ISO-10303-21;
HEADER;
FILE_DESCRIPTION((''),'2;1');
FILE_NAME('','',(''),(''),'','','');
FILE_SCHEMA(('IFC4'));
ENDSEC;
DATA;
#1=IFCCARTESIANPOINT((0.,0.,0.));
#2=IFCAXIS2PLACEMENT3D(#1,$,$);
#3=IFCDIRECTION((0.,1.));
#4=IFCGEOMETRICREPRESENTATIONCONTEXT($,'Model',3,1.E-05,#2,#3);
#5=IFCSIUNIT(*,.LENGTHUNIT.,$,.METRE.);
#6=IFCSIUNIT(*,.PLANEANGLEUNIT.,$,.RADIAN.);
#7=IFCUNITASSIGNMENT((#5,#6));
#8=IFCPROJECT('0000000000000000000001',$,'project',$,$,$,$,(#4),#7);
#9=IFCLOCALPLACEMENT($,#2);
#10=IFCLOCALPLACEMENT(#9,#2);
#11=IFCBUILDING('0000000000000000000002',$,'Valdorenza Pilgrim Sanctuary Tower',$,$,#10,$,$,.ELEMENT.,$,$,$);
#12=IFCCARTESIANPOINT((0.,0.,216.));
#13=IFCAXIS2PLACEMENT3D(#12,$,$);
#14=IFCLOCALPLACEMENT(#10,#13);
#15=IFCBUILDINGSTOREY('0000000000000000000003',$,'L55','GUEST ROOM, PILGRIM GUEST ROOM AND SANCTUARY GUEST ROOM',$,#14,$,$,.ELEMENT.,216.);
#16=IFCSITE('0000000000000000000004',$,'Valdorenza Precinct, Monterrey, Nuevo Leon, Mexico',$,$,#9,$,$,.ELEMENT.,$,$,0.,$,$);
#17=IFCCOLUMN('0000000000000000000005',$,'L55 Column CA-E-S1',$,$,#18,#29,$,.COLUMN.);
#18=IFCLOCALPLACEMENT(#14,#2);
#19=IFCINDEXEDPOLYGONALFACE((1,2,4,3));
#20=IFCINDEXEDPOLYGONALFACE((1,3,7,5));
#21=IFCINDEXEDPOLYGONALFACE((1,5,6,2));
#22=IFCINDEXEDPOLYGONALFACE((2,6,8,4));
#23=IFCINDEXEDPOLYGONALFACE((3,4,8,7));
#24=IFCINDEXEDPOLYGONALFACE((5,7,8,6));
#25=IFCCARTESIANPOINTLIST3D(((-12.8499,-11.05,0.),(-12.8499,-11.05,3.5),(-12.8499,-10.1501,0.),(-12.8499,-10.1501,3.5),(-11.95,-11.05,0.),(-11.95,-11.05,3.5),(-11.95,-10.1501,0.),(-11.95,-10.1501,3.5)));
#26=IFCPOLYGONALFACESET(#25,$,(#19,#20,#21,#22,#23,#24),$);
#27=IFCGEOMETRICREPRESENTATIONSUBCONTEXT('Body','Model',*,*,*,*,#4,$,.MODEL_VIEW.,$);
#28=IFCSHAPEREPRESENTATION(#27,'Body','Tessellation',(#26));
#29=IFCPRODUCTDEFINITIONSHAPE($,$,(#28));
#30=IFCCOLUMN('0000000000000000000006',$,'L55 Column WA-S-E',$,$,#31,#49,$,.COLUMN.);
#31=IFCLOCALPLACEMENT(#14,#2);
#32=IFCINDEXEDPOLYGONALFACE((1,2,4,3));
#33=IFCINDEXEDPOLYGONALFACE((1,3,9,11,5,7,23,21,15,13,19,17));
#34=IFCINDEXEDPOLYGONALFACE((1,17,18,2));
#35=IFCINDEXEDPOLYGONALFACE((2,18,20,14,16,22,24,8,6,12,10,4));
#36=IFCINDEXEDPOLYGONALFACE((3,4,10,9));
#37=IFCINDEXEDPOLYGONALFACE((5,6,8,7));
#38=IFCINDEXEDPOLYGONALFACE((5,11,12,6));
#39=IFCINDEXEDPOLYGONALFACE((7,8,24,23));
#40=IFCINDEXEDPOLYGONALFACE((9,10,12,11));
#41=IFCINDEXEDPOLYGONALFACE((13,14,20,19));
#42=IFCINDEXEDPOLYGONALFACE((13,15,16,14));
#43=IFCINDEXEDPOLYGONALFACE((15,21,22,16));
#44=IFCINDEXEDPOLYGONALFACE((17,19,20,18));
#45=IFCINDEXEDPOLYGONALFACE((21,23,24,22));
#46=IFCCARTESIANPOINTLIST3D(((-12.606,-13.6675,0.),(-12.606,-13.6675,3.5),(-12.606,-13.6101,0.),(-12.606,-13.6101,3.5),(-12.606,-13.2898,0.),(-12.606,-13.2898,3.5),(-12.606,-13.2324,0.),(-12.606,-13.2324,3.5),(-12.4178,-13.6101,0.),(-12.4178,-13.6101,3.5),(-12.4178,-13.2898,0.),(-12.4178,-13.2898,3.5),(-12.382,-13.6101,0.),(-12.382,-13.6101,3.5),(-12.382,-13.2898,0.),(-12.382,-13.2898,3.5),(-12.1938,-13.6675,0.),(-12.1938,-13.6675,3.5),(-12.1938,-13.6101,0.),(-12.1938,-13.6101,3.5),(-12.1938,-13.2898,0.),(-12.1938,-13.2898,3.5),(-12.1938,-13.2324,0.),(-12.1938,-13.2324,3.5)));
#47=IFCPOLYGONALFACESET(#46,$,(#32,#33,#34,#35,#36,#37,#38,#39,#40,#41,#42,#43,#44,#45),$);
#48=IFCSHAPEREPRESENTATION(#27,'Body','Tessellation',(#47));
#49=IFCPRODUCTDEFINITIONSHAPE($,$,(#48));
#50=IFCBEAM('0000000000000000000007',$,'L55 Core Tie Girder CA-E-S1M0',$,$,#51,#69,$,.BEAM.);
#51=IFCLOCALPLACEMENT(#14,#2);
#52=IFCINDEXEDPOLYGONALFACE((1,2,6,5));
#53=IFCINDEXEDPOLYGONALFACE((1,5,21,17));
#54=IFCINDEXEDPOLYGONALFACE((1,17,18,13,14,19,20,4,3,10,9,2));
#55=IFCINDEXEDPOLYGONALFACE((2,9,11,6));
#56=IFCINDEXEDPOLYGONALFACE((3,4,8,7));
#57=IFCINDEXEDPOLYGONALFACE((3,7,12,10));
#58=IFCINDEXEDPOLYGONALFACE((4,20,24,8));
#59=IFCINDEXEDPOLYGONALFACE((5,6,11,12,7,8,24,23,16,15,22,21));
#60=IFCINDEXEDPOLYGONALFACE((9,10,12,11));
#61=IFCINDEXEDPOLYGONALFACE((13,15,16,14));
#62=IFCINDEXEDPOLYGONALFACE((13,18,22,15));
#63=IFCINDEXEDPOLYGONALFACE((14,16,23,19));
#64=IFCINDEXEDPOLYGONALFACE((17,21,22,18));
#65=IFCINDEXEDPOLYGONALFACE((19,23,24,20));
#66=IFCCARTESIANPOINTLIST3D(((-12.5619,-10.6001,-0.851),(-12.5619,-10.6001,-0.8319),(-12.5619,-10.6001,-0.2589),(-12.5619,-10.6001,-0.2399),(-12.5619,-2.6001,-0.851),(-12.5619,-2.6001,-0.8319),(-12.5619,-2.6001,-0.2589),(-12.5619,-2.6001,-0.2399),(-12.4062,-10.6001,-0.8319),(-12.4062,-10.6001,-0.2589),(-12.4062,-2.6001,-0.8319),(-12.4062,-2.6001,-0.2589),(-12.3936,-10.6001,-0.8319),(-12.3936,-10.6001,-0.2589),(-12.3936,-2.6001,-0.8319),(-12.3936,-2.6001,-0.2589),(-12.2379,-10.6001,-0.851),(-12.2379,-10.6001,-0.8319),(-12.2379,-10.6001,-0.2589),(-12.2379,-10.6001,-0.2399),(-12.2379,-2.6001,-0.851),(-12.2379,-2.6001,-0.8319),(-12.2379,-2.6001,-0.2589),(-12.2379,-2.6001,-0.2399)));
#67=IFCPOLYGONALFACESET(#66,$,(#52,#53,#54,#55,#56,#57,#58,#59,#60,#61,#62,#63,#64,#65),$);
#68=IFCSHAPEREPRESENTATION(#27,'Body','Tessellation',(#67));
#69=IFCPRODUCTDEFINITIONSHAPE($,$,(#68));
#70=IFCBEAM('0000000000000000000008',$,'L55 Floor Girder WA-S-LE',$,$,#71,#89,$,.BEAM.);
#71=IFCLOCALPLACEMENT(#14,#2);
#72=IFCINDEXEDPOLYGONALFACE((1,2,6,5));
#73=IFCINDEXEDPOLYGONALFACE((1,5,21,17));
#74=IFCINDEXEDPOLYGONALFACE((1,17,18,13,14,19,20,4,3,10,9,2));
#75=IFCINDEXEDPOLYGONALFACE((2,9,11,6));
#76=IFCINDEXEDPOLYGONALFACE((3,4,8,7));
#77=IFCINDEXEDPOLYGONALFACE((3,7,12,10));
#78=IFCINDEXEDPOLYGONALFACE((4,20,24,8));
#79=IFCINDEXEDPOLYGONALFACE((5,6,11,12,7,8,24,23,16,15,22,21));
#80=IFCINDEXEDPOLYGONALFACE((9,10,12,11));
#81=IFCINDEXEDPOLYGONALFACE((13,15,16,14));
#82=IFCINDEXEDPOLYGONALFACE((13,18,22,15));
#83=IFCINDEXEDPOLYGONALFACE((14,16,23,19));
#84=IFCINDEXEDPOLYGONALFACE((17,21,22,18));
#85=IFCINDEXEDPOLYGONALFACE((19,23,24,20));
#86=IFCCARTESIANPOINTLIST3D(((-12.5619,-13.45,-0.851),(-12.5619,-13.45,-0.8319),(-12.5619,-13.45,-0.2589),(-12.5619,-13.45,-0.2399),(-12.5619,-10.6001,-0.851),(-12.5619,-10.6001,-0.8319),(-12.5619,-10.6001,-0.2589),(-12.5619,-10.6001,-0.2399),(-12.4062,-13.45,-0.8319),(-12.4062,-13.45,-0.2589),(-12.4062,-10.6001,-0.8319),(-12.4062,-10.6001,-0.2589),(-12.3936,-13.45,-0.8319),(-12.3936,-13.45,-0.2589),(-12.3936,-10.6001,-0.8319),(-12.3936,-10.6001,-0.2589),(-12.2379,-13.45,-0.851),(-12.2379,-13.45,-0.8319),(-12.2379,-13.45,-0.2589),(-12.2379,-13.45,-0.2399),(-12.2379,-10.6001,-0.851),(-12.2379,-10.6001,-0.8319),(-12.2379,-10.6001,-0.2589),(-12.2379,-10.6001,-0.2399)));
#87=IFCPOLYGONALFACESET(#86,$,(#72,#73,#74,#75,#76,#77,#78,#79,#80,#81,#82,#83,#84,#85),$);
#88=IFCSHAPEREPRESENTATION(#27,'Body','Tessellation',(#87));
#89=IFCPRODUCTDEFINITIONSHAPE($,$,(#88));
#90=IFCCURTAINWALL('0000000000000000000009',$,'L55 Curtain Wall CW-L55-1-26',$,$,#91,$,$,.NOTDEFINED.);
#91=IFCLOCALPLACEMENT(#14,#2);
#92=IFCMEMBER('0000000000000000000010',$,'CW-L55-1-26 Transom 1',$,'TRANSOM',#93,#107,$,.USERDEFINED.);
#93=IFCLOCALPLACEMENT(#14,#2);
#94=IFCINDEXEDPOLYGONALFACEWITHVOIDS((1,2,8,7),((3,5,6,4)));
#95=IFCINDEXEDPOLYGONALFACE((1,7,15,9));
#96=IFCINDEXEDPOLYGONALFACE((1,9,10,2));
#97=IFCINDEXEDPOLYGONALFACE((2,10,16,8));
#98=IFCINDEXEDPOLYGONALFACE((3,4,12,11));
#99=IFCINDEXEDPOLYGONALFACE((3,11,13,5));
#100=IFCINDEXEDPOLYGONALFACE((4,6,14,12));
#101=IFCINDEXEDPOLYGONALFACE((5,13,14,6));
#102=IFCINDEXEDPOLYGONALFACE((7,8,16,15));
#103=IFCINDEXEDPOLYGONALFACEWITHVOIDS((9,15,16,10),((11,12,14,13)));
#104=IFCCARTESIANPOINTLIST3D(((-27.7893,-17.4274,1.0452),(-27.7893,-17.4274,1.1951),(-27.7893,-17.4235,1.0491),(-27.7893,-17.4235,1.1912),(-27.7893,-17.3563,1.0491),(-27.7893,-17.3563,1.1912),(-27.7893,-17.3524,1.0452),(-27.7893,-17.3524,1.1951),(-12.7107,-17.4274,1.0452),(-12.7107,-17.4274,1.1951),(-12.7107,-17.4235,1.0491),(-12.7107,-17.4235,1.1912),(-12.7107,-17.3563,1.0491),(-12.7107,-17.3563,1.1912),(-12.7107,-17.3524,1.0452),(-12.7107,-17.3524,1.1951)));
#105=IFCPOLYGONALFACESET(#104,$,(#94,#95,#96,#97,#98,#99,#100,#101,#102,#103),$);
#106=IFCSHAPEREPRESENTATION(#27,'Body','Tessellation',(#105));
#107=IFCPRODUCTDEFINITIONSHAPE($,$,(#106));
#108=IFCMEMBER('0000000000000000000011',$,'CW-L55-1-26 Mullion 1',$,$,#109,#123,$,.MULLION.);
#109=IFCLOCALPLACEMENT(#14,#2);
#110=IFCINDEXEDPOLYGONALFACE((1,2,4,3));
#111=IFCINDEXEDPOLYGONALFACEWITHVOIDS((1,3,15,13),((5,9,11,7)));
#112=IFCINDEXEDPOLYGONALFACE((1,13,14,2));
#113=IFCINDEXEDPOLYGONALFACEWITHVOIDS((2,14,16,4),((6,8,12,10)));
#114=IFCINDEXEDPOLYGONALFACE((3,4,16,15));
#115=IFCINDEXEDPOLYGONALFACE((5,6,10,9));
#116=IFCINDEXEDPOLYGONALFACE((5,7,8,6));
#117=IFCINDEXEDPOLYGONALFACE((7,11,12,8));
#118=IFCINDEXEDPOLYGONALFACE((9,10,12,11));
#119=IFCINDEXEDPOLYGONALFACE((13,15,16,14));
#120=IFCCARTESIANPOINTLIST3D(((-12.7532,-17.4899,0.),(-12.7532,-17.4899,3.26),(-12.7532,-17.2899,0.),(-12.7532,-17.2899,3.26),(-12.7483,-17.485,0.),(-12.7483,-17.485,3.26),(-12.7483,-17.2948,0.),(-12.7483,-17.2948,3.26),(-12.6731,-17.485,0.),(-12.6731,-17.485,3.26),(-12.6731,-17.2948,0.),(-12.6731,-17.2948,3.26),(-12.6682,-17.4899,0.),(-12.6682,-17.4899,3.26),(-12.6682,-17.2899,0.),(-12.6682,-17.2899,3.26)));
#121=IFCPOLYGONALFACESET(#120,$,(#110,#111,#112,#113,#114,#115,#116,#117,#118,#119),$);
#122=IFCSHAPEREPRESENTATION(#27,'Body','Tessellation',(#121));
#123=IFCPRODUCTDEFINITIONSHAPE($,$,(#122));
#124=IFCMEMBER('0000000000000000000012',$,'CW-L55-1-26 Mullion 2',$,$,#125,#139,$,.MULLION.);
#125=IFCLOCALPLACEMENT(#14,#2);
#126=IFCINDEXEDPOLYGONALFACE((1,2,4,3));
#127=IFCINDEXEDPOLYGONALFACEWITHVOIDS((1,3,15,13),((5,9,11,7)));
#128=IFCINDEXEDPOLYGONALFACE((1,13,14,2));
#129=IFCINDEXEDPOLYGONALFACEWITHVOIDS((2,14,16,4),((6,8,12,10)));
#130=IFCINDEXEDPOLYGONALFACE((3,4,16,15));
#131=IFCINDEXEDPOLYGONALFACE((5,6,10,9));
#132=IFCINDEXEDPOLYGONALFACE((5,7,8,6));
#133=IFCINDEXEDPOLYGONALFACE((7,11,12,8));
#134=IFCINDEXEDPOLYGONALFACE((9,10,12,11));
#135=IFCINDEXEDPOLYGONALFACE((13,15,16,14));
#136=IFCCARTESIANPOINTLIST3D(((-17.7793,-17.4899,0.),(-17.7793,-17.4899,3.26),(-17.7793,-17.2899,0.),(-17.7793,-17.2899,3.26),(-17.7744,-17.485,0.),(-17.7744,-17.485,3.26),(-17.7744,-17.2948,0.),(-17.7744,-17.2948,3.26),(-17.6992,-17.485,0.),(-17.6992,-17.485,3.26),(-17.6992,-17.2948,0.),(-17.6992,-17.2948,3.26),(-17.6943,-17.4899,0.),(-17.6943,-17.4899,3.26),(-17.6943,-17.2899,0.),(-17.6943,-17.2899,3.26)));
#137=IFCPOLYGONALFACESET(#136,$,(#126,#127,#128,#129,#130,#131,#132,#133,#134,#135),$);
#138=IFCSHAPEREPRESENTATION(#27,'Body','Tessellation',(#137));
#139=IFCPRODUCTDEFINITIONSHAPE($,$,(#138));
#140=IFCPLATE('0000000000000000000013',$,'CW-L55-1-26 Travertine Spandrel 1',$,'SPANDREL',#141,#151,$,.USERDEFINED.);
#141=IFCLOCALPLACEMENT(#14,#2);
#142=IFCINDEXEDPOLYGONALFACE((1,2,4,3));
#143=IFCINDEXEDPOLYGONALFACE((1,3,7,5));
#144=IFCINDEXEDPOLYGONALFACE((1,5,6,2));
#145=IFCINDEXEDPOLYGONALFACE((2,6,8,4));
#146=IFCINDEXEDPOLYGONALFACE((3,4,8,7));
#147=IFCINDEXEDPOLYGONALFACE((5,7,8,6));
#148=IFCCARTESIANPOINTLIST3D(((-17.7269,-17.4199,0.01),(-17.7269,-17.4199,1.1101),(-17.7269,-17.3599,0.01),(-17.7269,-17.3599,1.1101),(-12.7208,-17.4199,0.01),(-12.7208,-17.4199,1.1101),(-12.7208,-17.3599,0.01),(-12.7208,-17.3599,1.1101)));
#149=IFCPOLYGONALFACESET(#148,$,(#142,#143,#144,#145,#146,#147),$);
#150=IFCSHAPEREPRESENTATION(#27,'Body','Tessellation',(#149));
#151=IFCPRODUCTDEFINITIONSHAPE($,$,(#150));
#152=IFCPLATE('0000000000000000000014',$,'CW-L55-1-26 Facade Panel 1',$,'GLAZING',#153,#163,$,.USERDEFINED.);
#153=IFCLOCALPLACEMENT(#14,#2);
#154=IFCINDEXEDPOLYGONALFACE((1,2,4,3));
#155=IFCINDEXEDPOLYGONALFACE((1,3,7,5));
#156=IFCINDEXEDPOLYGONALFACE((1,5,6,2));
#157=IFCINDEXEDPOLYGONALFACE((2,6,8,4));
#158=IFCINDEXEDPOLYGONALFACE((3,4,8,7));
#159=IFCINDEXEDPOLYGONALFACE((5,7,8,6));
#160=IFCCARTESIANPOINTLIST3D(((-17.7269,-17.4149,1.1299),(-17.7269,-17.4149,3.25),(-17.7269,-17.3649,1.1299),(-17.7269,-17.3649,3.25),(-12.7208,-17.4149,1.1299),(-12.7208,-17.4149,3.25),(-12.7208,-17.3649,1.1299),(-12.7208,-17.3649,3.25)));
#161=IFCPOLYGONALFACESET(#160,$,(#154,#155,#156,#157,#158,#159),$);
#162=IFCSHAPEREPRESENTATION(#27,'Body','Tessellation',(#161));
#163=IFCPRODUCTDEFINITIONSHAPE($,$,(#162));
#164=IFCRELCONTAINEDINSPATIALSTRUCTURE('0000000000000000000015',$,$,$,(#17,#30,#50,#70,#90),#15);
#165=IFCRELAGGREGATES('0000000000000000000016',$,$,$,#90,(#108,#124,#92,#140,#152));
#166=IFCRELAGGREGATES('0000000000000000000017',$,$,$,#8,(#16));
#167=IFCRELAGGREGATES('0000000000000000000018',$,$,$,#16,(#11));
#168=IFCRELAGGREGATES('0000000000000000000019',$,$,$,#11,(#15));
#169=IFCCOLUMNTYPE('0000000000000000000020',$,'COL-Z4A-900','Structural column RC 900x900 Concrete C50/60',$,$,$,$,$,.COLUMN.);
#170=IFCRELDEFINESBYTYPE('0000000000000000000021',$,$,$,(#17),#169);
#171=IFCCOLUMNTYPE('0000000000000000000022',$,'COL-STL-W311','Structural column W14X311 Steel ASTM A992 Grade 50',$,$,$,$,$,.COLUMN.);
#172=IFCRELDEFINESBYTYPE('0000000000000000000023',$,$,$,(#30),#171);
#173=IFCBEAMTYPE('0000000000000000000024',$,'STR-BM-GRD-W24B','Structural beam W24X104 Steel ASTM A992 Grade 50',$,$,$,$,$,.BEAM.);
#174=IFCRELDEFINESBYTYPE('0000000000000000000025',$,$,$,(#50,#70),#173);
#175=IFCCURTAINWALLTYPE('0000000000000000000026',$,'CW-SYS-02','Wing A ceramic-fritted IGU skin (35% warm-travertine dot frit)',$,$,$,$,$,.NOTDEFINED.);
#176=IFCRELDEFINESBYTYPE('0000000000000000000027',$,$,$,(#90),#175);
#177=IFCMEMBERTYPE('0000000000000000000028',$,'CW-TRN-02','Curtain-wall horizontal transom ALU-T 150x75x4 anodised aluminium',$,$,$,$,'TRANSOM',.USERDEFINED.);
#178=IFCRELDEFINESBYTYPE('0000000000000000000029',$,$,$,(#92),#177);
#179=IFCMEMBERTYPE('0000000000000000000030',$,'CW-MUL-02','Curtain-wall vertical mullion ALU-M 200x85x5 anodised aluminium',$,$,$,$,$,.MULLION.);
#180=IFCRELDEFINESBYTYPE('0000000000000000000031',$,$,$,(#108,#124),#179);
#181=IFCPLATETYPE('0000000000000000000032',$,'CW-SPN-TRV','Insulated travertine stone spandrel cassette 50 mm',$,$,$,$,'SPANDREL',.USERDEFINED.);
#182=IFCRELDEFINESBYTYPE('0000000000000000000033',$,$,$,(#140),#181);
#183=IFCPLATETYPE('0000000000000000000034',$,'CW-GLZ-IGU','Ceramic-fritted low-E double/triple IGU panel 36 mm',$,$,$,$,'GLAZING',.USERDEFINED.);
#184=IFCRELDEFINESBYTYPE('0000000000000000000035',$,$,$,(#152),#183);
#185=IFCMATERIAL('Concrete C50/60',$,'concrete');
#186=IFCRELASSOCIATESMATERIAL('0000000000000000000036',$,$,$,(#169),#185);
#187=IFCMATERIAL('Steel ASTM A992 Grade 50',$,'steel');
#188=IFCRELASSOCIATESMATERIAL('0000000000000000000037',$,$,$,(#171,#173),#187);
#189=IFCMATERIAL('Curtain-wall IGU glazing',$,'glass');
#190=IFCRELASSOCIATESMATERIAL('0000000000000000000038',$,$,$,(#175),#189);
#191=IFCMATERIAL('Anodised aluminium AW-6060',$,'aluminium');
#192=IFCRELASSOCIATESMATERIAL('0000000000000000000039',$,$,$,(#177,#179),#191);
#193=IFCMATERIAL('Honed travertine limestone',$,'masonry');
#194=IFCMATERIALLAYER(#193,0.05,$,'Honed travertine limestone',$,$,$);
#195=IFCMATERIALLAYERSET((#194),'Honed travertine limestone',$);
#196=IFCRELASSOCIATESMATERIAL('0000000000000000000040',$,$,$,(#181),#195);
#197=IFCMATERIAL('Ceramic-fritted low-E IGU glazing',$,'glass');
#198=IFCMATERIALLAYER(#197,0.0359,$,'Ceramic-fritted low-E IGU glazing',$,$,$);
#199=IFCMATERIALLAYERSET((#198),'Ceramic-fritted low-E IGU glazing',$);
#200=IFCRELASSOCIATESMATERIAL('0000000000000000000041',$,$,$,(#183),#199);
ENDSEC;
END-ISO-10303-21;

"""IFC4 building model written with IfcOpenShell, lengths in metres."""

from ifc_helpers import new_model, si_unit, direction, frame, origin, origin_2d, place, context, subcontext, project, spatial, rectangle, hollow_rectangle, i_section, extrude, source, transform, mapped, material, layer, layer_set, material_profile, profile_set, type_object, element, aggregate, save


model = new_model("IFC4")

# Units and contexts
model_context = context("Model", 3, precision=1e-05, world=origin(), true_north=direction((0.0, 1.0)))
body_context = subcontext(model_context, "Body", "Model", "MODEL_VIEW")
ifc_project = project(units=[si_unit("LENGTHUNIT", "METRE"), si_unit("PLANEANGLEUNIT", "RADIAN")], contexts=[model_context])

# Site, building, storey
site_placement = place(None, origin())
site = spatial("IfcSite", under=ifc_project, at=site_placement, Name="Valdorenza Precinct, Monterrey, Nuevo Leon, Mexico", CompositionType="ELEMENT", RefElevation=0.0)
building_placement = place(site_placement, origin())
building = spatial("IfcBuilding", under=site, at=building_placement, Name="Valdorenza Pilgrim Sanctuary Tower", CompositionType="ELEMENT")
storey_placement = place(building_placement, frame((0.0, 0.0, 216.0)))
storey = spatial("IfcBuildingStorey", under=building, at=storey_placement, Name="L55", Description="GUEST ROOM, PILGRIM GUEST ROOM AND SANCTUARY GUEST ROOM", CompositionType="ELEMENT", Elevation=216.0)

# Columns
ifc_material_1 = material(Name="Concrete C50/60", Category="concrete")
ifc_material_profile_1 = material_profile(ifc_material_1, rectangle(XDim=0.8999, YDim=0.8999, at=origin_2d()), Name="RC 900x900")
ifc_profile_set_1 = profile_set([ifc_material_profile_1], Name="Concrete C50/60")
column_type_1 = type_object("IfcColumnType", Name="COL-Z4A-900", Description="Structural column RC 900x900 Concrete C50/60", PredefinedType="COLUMN", material=ifc_profile_set_1)
shared_shape_1 = source(origin(), body_context, "Body", "SweptSolid", [
    extrude(rectangle(XDim=0.8999, YDim=0.8999, at=origin_2d()), origin(), (0.0, 0.0, 1.0), 3.5),
])
column_1_placement = place(storey_placement, frame((-12.3999, -10.6001, 0.0), z_axis=(0.0, 0.0, 1.0), x_axis=(1.0, 0.0, 0.0)))
element("IfcColumn", 1, at=column_1_placement, inside=storey, type_object=column_type_1, Name="L55 Column CA-E-S1", PredefinedType="COLUMN", context=body_context, shape_type="MappedRepresentation", body=[
    mapped(shared_shape_1, transform((0.0, 0.0, 0.0), x_axis=(1.0, 0.0, 0.0), y_axis=(0.0, 1.0, 0.0), z_axis=(0.0, 0.0, 1.0), scale=1.0)),
])
ifc_material_2 = material(Name="Steel ASTM A992 Grade 50", Category="steel")
ifc_material_profile_2 = material_profile(ifc_material_2, i_section(OverallWidth=0.4121, OverallDepth=0.4351, WebThickness=0.0359, FlangeThickness=0.0574, at=origin_2d()), Name="W14X311")
ifc_profile_set_2 = profile_set([ifc_material_profile_2], Name="Steel ASTM A992 Grade 50")
column_type_2 = type_object("IfcColumnType", Name="COL-STL-W311", Description="Structural column W14X311 Steel ASTM A992 Grade 50", PredefinedType="COLUMN", material=ifc_profile_set_2)
shared_shape_2 = source(origin(), body_context, "Body", "SweptSolid", [
    extrude(i_section(OverallWidth=0.4121, OverallDepth=0.4351, WebThickness=0.0359, FlangeThickness=0.0574, at=origin_2d()), origin(), (0.0, 0.0, 1.0), 3.5),
])
column_2_placement = place(storey_placement, frame((-12.3999, -13.45, 0.0), z_axis=(0.0, 0.0, 1.0), x_axis=(1.0, 0.0, 0.0)))
element("IfcColumn", 2, at=column_2_placement, inside=storey, type_object=column_type_2, Name="L55 Column WA-S-E", PredefinedType="COLUMN", context=body_context, shape_type="MappedRepresentation", body=[
    mapped(shared_shape_2, transform((0.0, 0.0, 0.0), x_axis=(1.0, 0.0, 0.0), y_axis=(0.0, 1.0, 0.0), z_axis=(0.0, 0.0, 1.0), scale=1.0)),
])

# Beams
ifc_material_profile_3 = material_profile(ifc_material_2, i_section(OverallWidth=0.324, OverallDepth=0.6111, WebThickness=0.0127, FlangeThickness=0.019, at=origin_2d()), Name="W24X104")
ifc_profile_set_3 = profile_set([ifc_material_profile_3], Name="Steel ASTM A992 Grade 50")
beam_type = type_object("IfcBeamType", Name="STR-BM-GRD-W24B", Description="Structural beam W24X104 Steel ASTM A992 Grade 50", PredefinedType="BEAM", material=ifc_profile_set_3)
shared_shape_3 = source(origin(), body_context, "Body", "SweptSolid", [
    extrude(i_section(OverallWidth=0.324, OverallDepth=0.6111, WebThickness=0.0127, FlangeThickness=0.019, at=origin_2d()), origin(), (0.0, 0.0, 1.0), 8.0),
])
beam_1_placement = place(storey_placement, frame((-12.3999, -10.6001, -0.5454), z_axis=(0.0, 1.0, 0.0), x_axis=(-1.0, 0.0, 0.0)))
element("IfcBeam", 3, at=beam_1_placement, inside=storey, type_object=beam_type, Name="L55 Core Tie Girder CA-E-S1M0", PredefinedType="BEAM", context=body_context, shape_type="MappedRepresentation", body=[
    mapped(shared_shape_3, transform((0.0, 0.0, 0.0), x_axis=(1.0, 0.0, 0.0), y_axis=(0.0, 1.0, 0.0), z_axis=(0.0, 0.0, 1.0), scale=1.0)),
])
shared_shape_4 = source(origin(), body_context, "Body", "SweptSolid", [
    extrude(i_section(OverallWidth=0.324, OverallDepth=0.6111, WebThickness=0.0127, FlangeThickness=0.019, at=origin_2d()), origin(), (0.0, 0.0, 1.0), 2.8499),
])
beam_2_placement = place(storey_placement, frame((-12.3999, -13.45, -0.5454), z_axis=(0.0, 1.0, 0.0), x_axis=(-1.0, 0.0, 0.0)))
element("IfcBeam", 4, at=beam_2_placement, inside=storey, type_object=beam_type, Name="L55 Floor Girder WA-S-LE", PredefinedType="BEAM", context=body_context, shape_type="MappedRepresentation", body=[
    mapped(shared_shape_4, transform((0.0, 0.0, 0.0), x_axis=(1.0, 0.0, 0.0), y_axis=(0.0, 1.0, 0.0), z_axis=(0.0, 0.0, 1.0), scale=1.0)),
])

# Curtain wall, members, plates
ifc_material_3 = material(Name="Curtain-wall IGU glazing", Category="glass")
curtain_wall_type = type_object("IfcCurtainWallType", Name="CW-SYS-02", Description="Wing A ceramic-fritted IGU skin (35% warm-travertine dot frit)", PredefinedType="NOTDEFINED", material=ifc_material_3)
curtain_wall_placement = place(storey_placement, origin())
curtain_wall = element("IfcCurtainWall", 5, at=curtain_wall_placement, inside=storey, type_object=curtain_wall_type, Name="L55 Curtain Wall CW-L55-1-26", PredefinedType="NOTDEFINED")
ifc_material_4 = material(Name="Anodised aluminium AW-6060", Category="aluminium")
ifc_material_profile_4 = material_profile(ifc_material_4, hollow_rectangle(XDim=0.075, YDim=0.1499, WallThickness=0.0039, at=origin_2d()), Name="ALU-T 150x75x4")
ifc_profile_set_4 = profile_set([ifc_material_profile_4], Name="Anodised aluminium AW-6060")
member_type_1 = type_object("IfcMemberType", Name="CW-TRN-02", Description="Curtain-wall horizontal transom ALU-T 150x75x4 anodised aluminium", ElementType="TRANSOM", PredefinedType="USERDEFINED", material=ifc_profile_set_4)
shared_shape_5 = source(origin(), body_context, "Body", "SweptSolid", [
    extrude(hollow_rectangle(XDim=0.075, YDim=0.1499, WallThickness=0.0039, at=origin_2d()), origin(), (0.0, 0.0, 1.0), 15.0786),
])
member_1_placement = place(storey_placement, frame((-12.7107, -17.3899, 1.1201), z_axis=(-1.0, 0.0, 0.0), x_axis=(0.0, -1.0, 0.0)))
member_1 = element("IfcMember", 6, at=member_1_placement, type_object=member_type_1, Name="CW-L55-1-26 Transom 1", ObjectType="TRANSOM", PredefinedType="USERDEFINED", context=body_context, shape_type="MappedRepresentation", body=[
    mapped(shared_shape_5, transform((0.0, 0.0, 0.0), x_axis=(1.0, 0.0, 0.0), y_axis=(0.0, 1.0, 0.0), z_axis=(0.0, 0.0, 1.0), scale=1.0)),
])
ifc_material_profile_5 = material_profile(ifc_material_4, hollow_rectangle(XDim=0.085, YDim=0.2, WallThickness=0.0049, at=origin_2d()), Name="ALU-M 200x85x5")
ifc_profile_set_5 = profile_set([ifc_material_profile_5], Name="Anodised aluminium AW-6060")
member_type_2 = type_object("IfcMemberType", Name="CW-MUL-02", Description="Curtain-wall vertical mullion ALU-M 200x85x5 anodised aluminium", PredefinedType="MULLION", material=ifc_profile_set_5)
shared_shape_6 = source(origin(), body_context, "Body", "SweptSolid", [
    extrude(hollow_rectangle(XDim=0.085, YDim=0.2, WallThickness=0.0049, at=origin_2d()), origin(), (0.0, 0.0, 1.0), 3.26),
])
member_2_placement = place(storey_placement, frame((-12.7107, -17.3899, 0.0), z_axis=(0.0, 0.0, 1.0), x_axis=(-1.0, 0.0, 0.0)))
member_2 = element("IfcMember", 7, at=member_2_placement, type_object=member_type_2, Name="CW-L55-1-26 Mullion 1", PredefinedType="MULLION", context=body_context, shape_type="MappedRepresentation", body=[
    mapped(shared_shape_6, transform((0.0, 0.0, 0.0), x_axis=(1.0, 0.0, 0.0), y_axis=(0.0, 1.0, 0.0), z_axis=(0.0, 0.0, 1.0), scale=1.0)),
])
member_3_placement = place(storey_placement, frame((-17.7368, -17.3899, 0.0), z_axis=(0.0, 0.0, 1.0), x_axis=(-1.0, 0.0, 0.0)))
member_3 = element("IfcMember", 8, at=member_3_placement, type_object=member_type_2, Name="CW-L55-1-26 Mullion 2", PredefinedType="MULLION", context=body_context, shape_type="MappedRepresentation", body=[
    mapped(shared_shape_6, transform((0.0, 0.0, 0.0), x_axis=(1.0, 0.0, 0.0), y_axis=(0.0, 1.0, 0.0), z_axis=(0.0, 0.0, 1.0), scale=1.0)),
])
ifc_material_5 = material(Name="Honed travertine limestone", Category="masonry")
ifc_layer_1 = layer(ifc_material_5, 0.05, Name="Honed travertine limestone")
ifc_layer_set_1 = layer_set([ifc_layer_1], Name="Honed travertine limestone")
plate_type_1 = type_object("IfcPlateType", Name="CW-SPN-TRV", Description="Insulated travertine stone spandrel cassette 50 mm", ElementType="SPANDREL", PredefinedType="USERDEFINED", material=ifc_layer_set_1)
shared_shape_7 = source(origin(), body_context, "Body", "SweptSolid", [
    extrude(rectangle(XDim=5.0061, YDim=0.0601, at=origin_2d()), origin(), (0.0, 0.0, 1.0), 1.1001),
])
plate_1_placement = place(storey_placement, frame((-15.2239, -17.3899, 0.01), z_axis=(0.0, 0.0, 1.0), x_axis=(-1.0, 0.0, 0.0)))
plate_1 = element("IfcPlate", 9, at=plate_1_placement, type_object=plate_type_1, Name="CW-L55-1-26 Travertine Spandrel 1", ObjectType="SPANDREL", PredefinedType="USERDEFINED", context=body_context, shape_type="MappedRepresentation", body=[
    mapped(shared_shape_7, transform((0.0, 0.0, 0.0), x_axis=(1.0, 0.0, 0.0), y_axis=(0.0, 1.0, 0.0), z_axis=(0.0, 0.0, 1.0), scale=1.0)),
])
ifc_material_6 = material(Name="Ceramic-fritted low-E IGU glazing", Category="glass")
ifc_layer_2 = layer(ifc_material_6, 0.0359, Name="Ceramic-fritted low-E IGU glazing")
ifc_layer_set_2 = layer_set([ifc_layer_2], Name="Ceramic-fritted low-E IGU glazing")
plate_type_2 = type_object("IfcPlateType", Name="CW-GLZ-IGU", Description="Ceramic-fritted low-E double/triple IGU panel 36 mm", ElementType="GLAZING", PredefinedType="USERDEFINED", material=ifc_layer_set_2)
shared_shape_8 = source(origin(), body_context, "Body", "SweptSolid", [
    extrude(rectangle(XDim=5.0061, YDim=0.05, at=origin_2d()), origin(), (0.0, 0.0, 1.0), 2.1201),
])
plate_2_placement = place(storey_placement, frame((-15.2239, -17.3899, 1.1299), z_axis=(0.0, 0.0, 1.0), x_axis=(-1.0, 0.0, 0.0)))
plate_2 = element("IfcPlate", 10, at=plate_2_placement, type_object=plate_type_2, Name="CW-L55-1-26 Facade Panel 1", ObjectType="GLAZING", PredefinedType="USERDEFINED", context=body_context, shape_type="MappedRepresentation", body=[
    mapped(shared_shape_8, transform((0.0, 0.0, 0.0), x_axis=(1.0, 0.0, 0.0), y_axis=(0.0, 1.0, 0.0), z_axis=(0.0, 0.0, 1.0), scale=1.0)),
])
aggregate(curtain_wall, [member_2, member_3, member_1, plate_1, plate_2])

save(model, "model.ifc")
